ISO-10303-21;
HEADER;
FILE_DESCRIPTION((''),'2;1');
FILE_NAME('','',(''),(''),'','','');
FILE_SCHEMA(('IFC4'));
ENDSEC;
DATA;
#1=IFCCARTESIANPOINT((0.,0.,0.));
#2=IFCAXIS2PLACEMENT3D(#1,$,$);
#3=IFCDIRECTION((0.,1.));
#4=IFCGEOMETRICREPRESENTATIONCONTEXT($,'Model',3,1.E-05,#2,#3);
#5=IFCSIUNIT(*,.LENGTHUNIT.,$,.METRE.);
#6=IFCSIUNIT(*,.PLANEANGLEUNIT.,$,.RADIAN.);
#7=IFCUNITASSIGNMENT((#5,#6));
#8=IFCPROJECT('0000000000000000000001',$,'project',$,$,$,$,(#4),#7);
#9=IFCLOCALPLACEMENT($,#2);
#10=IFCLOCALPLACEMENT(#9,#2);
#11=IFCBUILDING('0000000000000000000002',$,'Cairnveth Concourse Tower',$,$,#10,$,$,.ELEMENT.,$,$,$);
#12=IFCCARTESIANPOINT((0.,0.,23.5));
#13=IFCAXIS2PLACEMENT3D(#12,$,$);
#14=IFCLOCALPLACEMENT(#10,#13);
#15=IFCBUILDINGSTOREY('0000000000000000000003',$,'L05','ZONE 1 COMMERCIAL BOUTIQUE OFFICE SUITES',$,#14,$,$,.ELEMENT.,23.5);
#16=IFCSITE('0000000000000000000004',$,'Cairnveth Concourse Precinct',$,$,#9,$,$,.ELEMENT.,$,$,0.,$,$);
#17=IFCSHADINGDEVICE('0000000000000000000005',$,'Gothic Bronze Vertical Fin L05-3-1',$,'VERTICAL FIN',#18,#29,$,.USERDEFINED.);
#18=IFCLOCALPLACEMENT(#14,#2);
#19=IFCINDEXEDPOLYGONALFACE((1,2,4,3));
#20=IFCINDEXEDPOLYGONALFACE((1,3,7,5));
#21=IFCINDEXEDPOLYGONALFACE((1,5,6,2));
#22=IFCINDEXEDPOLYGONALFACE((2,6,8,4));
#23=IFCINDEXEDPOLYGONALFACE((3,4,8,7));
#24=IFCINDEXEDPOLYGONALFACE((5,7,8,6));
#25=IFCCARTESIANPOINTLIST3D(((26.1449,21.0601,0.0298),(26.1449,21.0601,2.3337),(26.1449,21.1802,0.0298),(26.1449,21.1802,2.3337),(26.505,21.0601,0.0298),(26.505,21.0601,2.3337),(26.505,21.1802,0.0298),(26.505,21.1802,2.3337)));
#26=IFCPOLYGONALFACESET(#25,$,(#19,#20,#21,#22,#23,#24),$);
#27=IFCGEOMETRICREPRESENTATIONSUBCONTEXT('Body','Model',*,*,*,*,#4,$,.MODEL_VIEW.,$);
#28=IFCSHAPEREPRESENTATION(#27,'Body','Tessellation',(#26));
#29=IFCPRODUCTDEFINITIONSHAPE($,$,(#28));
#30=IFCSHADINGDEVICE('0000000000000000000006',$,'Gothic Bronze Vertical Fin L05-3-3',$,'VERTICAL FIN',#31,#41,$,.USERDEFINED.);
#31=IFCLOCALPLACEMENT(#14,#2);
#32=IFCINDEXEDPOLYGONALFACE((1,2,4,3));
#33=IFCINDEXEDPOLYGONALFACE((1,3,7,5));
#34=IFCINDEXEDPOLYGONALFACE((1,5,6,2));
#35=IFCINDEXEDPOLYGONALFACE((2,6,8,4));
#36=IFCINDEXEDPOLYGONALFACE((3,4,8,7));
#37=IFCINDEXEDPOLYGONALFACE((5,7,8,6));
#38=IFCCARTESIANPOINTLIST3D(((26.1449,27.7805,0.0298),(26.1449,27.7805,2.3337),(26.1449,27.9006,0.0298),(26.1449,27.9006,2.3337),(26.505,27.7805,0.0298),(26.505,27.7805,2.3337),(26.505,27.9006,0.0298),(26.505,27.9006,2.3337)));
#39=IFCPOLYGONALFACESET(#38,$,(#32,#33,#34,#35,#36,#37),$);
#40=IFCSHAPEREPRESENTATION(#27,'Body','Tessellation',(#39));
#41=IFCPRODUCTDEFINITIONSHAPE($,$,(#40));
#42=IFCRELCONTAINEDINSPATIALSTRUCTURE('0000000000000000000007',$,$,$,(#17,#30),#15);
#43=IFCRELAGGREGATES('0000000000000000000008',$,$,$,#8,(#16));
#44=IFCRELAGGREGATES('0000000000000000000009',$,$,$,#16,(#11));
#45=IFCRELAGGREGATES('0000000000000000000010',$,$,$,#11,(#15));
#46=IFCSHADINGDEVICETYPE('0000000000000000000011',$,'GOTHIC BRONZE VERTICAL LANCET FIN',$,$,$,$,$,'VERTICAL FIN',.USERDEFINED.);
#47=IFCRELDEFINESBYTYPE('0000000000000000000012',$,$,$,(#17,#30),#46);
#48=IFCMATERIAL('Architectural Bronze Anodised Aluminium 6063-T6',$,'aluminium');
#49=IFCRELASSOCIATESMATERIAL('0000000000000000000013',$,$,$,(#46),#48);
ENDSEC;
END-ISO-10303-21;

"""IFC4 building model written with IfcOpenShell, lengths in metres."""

from ifc_helpers import new_model, si_unit, direction, frame, origin, origin_2d, place, context, subcontext, project, spatial, rectangle, extrude, material, type_object, element, save


model = new_model("IFC4")

# Units and contexts
model_context = context("Model", 3, precision=1e-05, world=origin(), true_north=direction((0.0, 1.0)))
body_context = subcontext(model_context, "Body", "Model", "MODEL_VIEW")
ifc_project = project(units=[si_unit("LENGTHUNIT", "METRE"), si_unit("PLANEANGLEUNIT", "RADIAN")], contexts=[model_context])

# Site, building, storey
site_placement = place(None, origin())
site = spatial("IfcSite", under=ifc_project, at=site_placement, Name="Cairnveth Concourse Precinct", CompositionType="ELEMENT", RefElevation=0.0)
building_placement = place(site_placement, origin())
building = spatial("IfcBuilding", under=site, at=building_placement, Name="Cairnveth Concourse Tower", CompositionType="ELEMENT")
storey_placement = place(building_placement, frame((0.0, 0.0, 23.5)))
storey = spatial("IfcBuildingStorey", under=building, at=storey_placement, Name="L05", Description="ZONE 1 COMMERCIAL BOUTIQUE OFFICE SUITES", CompositionType="ELEMENT", Elevation=23.5)

# Shared definitions
ifc_material_1 = material(Name="Architectural Bronze Anodised Aluminium 6063-T6", Category="aluminium")

# Shading devices
shading_device_type = type_object("IfcShadingDeviceType", Name="GOTHIC BRONZE VERTICAL LANCET FIN", ElementType="VERTICAL FIN", PredefinedType="USERDEFINED", material=ifc_material_1)
for number, where, z_axis, x_axis, name in (
    (1, (26.325, 21.1201, 0.0298), (0.0, 0.0, 1.0), (0.0, 1.0, 0.0), "Gothic Bronze Vertical Fin L05-3-1"),
    (2, (26.325, 27.8406, 0.0298), (0.0, 0.0, 1.0), (0.0, 1.0, 0.0), "Gothic Bronze Vertical Fin L05-3-3"),
):
    element("IfcShadingDevice", number, at=place(storey_placement, frame(where, z_axis=z_axis, x_axis=x_axis)), inside=storey, type_object=shading_device_type, Name=name, ObjectType="VERTICAL FIN", PredefinedType="USERDEFINED", context=body_context, shape_type="SweptSolid", body=[
        extrude(rectangle(XDim=0.1201, YDim=0.3601, at=origin_2d()), origin(), (0.0, 0.0, 1.0), 2.304),
    ])

save(model, "model.ifc")
